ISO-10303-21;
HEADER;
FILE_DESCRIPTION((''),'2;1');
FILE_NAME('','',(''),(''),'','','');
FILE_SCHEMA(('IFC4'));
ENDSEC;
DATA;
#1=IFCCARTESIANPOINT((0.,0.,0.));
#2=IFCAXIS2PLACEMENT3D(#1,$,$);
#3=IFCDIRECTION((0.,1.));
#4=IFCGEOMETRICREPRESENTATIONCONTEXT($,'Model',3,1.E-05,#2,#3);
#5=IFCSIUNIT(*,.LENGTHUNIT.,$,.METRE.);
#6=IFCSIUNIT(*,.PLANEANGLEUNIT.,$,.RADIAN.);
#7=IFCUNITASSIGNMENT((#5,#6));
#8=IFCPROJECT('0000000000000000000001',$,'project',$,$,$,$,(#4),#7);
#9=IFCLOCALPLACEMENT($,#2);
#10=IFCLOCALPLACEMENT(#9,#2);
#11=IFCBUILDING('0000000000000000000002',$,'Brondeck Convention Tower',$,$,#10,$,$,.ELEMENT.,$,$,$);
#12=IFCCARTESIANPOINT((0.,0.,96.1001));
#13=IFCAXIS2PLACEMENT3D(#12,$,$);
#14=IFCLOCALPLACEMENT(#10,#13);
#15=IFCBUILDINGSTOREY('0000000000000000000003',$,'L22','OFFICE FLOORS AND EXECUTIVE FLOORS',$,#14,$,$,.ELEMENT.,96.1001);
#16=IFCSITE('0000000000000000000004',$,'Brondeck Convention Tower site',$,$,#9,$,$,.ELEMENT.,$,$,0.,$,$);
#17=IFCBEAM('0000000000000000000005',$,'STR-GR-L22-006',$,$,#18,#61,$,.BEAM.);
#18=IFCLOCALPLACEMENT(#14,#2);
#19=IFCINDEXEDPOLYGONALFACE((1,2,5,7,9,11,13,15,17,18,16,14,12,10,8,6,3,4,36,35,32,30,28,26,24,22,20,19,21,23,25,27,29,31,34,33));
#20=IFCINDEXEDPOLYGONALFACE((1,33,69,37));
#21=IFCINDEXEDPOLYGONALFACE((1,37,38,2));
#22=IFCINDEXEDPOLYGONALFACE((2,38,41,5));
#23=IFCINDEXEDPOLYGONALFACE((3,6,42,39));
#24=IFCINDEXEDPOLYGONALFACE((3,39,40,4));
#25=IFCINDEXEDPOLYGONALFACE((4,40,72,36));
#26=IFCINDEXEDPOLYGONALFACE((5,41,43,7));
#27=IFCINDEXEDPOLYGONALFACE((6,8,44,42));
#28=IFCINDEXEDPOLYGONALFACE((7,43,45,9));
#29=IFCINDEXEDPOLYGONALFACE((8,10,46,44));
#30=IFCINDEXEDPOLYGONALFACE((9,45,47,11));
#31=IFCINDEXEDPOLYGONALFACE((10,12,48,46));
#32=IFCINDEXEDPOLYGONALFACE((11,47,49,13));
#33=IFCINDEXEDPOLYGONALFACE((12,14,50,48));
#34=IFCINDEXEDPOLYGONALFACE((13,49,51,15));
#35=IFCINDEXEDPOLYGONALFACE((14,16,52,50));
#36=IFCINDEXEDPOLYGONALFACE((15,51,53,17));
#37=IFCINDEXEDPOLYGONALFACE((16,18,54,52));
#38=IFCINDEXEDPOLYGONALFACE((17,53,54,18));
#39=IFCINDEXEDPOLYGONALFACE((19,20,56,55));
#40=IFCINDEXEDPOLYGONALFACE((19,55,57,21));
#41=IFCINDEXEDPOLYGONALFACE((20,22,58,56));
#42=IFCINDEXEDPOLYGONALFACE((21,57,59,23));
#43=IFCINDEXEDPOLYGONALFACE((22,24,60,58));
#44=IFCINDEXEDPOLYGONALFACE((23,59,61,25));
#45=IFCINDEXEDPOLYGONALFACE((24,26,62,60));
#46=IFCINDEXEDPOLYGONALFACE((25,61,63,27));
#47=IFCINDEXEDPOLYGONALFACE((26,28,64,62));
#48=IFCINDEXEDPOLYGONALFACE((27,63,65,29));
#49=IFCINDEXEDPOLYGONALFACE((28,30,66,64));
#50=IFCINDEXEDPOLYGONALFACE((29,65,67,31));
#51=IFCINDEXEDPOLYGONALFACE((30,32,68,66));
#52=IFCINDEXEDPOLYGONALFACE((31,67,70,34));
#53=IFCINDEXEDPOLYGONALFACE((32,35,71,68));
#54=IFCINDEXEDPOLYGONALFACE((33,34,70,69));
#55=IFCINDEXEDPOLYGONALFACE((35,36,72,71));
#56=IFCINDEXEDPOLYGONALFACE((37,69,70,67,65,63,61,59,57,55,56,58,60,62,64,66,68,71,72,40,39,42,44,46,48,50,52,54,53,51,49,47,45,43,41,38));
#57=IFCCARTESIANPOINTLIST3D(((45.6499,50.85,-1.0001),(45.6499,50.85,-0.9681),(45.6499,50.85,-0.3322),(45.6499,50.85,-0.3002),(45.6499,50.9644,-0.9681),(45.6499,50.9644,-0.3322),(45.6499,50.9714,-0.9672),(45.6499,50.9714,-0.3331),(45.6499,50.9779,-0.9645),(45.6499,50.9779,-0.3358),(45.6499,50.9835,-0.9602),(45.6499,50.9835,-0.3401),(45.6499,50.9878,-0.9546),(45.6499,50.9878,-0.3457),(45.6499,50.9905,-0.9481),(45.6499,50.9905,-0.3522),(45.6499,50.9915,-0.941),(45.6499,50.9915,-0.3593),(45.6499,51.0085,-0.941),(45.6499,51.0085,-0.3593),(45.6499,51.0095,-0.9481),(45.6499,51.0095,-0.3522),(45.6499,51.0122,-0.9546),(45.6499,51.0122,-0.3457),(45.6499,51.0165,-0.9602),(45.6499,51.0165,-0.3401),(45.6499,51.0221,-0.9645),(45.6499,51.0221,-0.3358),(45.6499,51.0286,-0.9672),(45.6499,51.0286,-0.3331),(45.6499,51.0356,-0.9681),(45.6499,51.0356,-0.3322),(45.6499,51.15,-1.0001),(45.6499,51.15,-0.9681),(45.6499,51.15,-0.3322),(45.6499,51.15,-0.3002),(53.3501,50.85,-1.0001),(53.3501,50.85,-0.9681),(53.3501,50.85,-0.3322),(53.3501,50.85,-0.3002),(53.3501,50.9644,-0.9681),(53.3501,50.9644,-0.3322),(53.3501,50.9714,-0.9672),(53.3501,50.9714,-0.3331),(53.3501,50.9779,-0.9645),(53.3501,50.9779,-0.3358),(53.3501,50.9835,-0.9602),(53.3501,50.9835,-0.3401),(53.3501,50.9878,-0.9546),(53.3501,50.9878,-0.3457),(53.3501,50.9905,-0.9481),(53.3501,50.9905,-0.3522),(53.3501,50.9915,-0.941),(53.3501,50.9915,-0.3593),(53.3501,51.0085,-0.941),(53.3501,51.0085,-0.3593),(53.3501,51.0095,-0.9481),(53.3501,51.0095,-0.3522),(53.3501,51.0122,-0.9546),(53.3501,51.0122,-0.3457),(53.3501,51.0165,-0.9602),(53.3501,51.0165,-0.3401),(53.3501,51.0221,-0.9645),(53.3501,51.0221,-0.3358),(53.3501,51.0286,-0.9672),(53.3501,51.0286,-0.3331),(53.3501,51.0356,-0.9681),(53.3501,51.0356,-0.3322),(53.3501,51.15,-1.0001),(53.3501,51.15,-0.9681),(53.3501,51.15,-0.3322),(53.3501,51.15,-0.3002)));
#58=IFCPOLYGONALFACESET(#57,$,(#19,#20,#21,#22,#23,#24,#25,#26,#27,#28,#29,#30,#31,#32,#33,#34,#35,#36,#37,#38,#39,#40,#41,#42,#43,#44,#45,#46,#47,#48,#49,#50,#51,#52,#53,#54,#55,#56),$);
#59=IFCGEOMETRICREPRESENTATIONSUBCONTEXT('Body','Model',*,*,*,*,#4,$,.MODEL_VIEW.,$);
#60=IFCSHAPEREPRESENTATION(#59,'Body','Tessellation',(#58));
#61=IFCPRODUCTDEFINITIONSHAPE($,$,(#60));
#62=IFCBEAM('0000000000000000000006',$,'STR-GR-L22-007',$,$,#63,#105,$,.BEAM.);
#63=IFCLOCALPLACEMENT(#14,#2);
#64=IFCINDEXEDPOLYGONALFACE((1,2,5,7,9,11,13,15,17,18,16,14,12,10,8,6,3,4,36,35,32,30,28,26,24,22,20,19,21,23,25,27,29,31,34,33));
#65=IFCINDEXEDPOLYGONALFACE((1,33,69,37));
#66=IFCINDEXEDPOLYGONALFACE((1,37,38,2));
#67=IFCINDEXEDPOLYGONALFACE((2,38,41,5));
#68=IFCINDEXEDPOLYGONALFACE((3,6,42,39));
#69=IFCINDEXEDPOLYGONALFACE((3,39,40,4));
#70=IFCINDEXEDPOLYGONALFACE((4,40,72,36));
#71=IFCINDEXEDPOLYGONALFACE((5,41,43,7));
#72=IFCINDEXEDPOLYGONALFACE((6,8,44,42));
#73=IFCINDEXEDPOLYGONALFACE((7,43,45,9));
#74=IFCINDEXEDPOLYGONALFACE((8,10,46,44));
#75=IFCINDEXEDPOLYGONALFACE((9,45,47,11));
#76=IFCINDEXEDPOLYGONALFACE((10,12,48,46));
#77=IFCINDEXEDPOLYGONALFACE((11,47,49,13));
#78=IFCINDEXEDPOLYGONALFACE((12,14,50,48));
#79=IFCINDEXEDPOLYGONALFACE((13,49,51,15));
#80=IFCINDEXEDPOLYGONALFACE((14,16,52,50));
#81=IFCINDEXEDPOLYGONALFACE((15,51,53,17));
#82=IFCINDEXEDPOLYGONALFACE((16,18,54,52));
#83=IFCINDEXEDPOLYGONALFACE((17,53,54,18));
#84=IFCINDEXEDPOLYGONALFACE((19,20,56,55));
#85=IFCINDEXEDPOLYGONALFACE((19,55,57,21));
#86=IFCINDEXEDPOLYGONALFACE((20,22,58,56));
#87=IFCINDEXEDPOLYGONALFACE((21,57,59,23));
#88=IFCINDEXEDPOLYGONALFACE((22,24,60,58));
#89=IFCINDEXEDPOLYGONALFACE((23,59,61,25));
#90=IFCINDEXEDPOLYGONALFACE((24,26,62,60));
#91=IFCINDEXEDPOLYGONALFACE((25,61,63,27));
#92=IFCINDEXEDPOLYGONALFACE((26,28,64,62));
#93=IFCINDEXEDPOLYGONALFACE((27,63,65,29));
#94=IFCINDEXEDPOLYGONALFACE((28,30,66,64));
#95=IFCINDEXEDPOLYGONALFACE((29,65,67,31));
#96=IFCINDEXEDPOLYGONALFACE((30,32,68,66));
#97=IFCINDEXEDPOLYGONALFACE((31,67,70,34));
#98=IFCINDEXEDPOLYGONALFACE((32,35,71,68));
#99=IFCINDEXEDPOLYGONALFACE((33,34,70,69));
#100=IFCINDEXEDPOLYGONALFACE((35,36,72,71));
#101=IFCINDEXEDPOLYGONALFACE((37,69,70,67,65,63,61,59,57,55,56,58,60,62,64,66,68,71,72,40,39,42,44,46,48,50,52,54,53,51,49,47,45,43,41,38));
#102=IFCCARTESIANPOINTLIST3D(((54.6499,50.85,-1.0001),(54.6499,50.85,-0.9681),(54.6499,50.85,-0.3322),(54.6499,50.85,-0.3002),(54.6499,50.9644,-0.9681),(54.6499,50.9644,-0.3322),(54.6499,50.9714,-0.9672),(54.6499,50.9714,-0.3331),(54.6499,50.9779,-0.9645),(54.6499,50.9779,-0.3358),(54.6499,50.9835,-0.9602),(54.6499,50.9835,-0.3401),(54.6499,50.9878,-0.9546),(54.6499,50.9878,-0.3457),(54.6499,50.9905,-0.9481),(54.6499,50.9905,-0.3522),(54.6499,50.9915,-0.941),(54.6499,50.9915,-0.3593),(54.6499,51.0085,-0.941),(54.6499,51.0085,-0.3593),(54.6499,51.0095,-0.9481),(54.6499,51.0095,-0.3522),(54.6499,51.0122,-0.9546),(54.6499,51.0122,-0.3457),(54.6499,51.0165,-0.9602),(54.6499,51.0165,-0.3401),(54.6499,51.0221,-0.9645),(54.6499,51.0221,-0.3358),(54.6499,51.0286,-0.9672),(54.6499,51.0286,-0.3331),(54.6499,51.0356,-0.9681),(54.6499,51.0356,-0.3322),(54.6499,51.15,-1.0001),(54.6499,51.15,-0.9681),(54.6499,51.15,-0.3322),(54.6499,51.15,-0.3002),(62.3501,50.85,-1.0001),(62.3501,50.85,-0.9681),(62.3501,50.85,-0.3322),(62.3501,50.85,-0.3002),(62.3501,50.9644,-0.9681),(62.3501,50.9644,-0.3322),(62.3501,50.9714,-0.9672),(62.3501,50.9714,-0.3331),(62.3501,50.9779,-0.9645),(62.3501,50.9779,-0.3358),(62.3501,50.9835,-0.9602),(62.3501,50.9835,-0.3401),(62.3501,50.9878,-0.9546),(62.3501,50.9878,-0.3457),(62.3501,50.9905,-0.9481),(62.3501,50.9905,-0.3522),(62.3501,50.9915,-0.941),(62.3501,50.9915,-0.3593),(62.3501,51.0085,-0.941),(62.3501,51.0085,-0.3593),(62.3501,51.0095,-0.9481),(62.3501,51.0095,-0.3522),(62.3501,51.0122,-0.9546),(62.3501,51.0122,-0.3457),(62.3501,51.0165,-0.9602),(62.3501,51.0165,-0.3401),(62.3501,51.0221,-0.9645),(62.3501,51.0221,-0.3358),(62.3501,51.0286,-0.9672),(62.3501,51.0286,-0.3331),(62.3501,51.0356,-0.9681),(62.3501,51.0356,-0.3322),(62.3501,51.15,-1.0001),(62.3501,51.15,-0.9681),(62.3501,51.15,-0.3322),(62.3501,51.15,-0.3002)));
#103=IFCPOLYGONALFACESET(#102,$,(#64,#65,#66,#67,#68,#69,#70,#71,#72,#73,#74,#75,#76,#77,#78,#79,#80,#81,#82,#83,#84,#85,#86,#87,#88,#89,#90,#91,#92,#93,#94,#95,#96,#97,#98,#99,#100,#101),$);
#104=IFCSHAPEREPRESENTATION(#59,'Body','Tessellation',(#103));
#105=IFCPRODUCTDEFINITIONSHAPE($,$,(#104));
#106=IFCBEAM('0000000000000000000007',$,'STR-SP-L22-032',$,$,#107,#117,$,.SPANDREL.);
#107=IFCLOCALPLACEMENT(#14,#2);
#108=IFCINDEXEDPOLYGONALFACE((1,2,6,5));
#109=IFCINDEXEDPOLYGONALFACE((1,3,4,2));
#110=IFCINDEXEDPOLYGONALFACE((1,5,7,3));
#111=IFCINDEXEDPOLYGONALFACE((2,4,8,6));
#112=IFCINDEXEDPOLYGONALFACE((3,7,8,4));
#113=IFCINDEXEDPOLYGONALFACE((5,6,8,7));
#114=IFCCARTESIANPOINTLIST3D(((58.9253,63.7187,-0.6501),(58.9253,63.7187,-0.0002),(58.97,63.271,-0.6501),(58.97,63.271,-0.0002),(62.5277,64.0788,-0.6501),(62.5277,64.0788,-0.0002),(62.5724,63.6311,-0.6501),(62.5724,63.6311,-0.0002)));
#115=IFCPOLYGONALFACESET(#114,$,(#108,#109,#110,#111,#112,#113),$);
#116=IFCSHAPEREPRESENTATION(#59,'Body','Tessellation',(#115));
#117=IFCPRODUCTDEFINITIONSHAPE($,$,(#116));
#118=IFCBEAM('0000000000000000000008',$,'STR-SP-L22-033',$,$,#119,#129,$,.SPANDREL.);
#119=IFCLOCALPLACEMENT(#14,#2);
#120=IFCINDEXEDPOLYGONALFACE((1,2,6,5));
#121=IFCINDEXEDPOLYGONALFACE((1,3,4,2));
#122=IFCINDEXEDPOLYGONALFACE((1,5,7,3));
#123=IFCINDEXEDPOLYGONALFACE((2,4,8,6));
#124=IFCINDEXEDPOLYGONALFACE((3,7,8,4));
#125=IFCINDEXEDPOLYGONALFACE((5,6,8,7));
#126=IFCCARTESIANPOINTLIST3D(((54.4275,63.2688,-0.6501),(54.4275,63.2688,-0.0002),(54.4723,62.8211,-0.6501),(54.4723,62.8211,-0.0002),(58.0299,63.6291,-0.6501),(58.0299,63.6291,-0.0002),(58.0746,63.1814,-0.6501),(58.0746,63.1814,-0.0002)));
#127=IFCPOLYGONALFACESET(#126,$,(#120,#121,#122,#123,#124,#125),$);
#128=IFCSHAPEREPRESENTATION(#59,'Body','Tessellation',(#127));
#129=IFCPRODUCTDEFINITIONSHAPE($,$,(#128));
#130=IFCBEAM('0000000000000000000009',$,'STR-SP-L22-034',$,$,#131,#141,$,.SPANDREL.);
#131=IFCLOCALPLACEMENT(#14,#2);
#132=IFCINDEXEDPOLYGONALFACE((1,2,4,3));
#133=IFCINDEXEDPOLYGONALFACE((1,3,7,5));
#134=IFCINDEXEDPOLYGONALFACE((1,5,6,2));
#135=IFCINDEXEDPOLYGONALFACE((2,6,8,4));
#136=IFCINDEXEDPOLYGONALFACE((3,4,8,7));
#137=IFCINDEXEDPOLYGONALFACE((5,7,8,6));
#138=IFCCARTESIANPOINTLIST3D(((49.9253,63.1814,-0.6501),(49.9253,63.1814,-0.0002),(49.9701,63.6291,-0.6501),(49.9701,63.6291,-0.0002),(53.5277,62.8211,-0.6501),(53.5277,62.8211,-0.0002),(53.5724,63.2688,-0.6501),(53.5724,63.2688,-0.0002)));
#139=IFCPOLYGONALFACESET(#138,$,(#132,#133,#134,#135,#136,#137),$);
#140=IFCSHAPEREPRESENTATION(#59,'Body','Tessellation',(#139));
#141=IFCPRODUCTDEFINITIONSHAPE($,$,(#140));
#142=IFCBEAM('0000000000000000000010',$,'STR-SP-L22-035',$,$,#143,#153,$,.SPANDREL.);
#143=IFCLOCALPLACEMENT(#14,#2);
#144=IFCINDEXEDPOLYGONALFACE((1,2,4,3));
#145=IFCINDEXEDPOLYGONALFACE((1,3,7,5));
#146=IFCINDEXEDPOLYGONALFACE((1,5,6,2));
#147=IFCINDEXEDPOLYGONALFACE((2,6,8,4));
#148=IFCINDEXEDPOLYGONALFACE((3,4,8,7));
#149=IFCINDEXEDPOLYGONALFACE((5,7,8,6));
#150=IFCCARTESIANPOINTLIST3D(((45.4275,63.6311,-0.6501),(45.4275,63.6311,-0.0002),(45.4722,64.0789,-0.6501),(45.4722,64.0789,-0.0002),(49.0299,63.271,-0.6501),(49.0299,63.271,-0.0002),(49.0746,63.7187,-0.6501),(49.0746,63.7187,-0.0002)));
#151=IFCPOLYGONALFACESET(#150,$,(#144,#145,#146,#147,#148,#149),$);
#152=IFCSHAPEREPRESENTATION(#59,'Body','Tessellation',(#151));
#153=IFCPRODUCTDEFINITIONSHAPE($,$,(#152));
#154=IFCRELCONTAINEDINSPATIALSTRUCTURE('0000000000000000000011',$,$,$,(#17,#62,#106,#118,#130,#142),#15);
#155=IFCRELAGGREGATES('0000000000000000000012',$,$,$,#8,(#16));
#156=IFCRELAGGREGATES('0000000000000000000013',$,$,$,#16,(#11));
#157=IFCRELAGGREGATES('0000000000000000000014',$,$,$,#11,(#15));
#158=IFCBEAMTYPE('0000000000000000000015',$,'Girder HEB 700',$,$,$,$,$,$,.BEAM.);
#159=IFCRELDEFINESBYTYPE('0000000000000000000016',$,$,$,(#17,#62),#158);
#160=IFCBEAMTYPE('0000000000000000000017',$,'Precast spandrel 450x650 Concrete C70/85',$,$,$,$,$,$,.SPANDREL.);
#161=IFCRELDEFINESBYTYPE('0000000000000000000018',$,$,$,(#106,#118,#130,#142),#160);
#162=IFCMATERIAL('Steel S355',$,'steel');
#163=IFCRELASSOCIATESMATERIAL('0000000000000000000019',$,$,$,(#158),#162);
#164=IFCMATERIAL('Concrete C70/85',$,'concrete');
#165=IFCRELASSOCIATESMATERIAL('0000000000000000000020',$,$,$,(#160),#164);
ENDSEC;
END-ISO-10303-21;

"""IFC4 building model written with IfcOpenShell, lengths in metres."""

from ifc_helpers import new_model, si_unit, direction, frame, origin, origin_2d, place, context, subcontext, project, spatial, rectangle, i_section, extrude, material, material_profile, profile_set, type_object, element, save


model = new_model("IFC4")

# Units and contexts
model_context = context("Model", 3, precision=1e-05, world=origin(), true_north=direction((0.0, 1.0)))
body_context = subcontext(model_context, "Body", "Model", "MODEL_VIEW")
ifc_project = project(units=[si_unit("LENGTHUNIT", "METRE"), si_unit("PLANEANGLEUNIT", "RADIAN")], contexts=[model_context])

# Site, building, storey
site_placement = place(None, origin())
site = spatial("IfcSite", under=ifc_project, at=site_placement, Name="Brondeck Convention Tower site", CompositionType="ELEMENT", RefElevation=0.0)
building_placement = place(site_placement, origin())
building = spatial("IfcBuilding", under=site, at=building_placement, Name="Brondeck Convention Tower", CompositionType="ELEMENT")
storey_placement = place(building_placement, frame((0.0, 0.0, 96.1001)))
storey = spatial("IfcBuildingStorey", under=building, at=storey_placement, Name="L22", Description="OFFICE FLOORS AND EXECUTIVE FLOORS", CompositionType="ELEMENT", Elevation=96.1001)

# Shared definitions
ifc_material_1 = material(Name="Concrete C70/85", Category="concrete")

# Beams
ifc_material_2 = material(Name="Steel S355", Category="steel")
ifc_material_profile_1 = material_profile(ifc_material_2, i_section(OverallWidth=0.3, OverallDepth=0.7, WebThickness=0.0171, FlangeThickness=0.032, FilletRadius=0.0271, at=origin_2d()), Name="HEB 700")
ifc_profile_set_1 = profile_set([ifc_material_profile_1], Name="Steel S355")
beam_type_1 = type_object("IfcBeamType", Name="Girder HEB 700", PredefinedType="BEAM", material=ifc_profile_set_1)
for number, where, z_axis, x_axis, name in (
    (1, (45.6499, 51.0, -0.6501), (1.0, 0.0, 0.0), (0.0, 1.0, 0.0), "STR-GR-L22-006"),
    (2, (54.6499, 51.0, -0.6501), (1.0, 0.0, 0.0), (0.0, 1.0, 0.0), "STR-GR-L22-007"),
):
    element("IfcBeam", number, at=place(storey_placement, frame(where, z_axis=z_axis, x_axis=x_axis)), inside=storey, type_object=beam_type_1, Name=name, PredefinedType="BEAM", context=body_context, shape_type="SweptSolid", body=[
        extrude(i_section(OverallWidth=0.3, OverallDepth=0.7, WebThickness=0.0171, FlangeThickness=0.032, FilletRadius=0.0271, at=origin_2d()), origin(), (0.0, 0.0, 1.0), 7.7002),
    ])
ifc_material_profile_2 = material_profile(ifc_material_1, rectangle(XDim=0.45, YDim=0.6499, at=origin_2d()), Name="Precast spandrel 450x650 Concrete C70/85")
ifc_profile_set_2 = profile_set([ifc_material_profile_2], Name="Concrete C70/85")
beam_type_2 = type_object("IfcBeamType", Name="Precast spandrel 450x650 Concrete C70/85", PredefinedType="SPANDREL", material=ifc_profile_set_2)
for number, where, z_axis, x_axis, name in (
    (3, (62.55, 63.855, -0.3252), (-0.995041, -0.09947, 0.0), (0.09947, -0.995041, 0.0), "STR-SP-L22-032"),
    (4, (58.0522, 63.4053, -0.3252), (-0.995034, -0.099537, 0.0), (0.099537, -0.995034, 0.0), "STR-SP-L22-033"),
    (5, (53.55, 63.0449, -0.3252), (-0.995034, 0.099537, 0.0), (-0.099537, -0.995034, 0.0), "STR-SP-L22-034"),
    (6, (49.0522, 63.4949, -0.3252), (-0.995041, 0.09947, 0.0), (-0.09947, -0.995041, 0.0), "STR-SP-L22-035"),
):
    element("IfcBeam", number, at=place(storey_placement, frame(where, z_axis=z_axis, x_axis=x_axis)), inside=storey, type_object=beam_type_2, Name=name, PredefinedType="SPANDREL", context=body_context, shape_type="SweptSolid", body=[
        extrude(rectangle(XDim=0.45, YDim=0.6499, at=origin_2d()), origin(), (0.0, 0.0, 1.0), 3.6204),
    ])

save(model, "model.ifc")
